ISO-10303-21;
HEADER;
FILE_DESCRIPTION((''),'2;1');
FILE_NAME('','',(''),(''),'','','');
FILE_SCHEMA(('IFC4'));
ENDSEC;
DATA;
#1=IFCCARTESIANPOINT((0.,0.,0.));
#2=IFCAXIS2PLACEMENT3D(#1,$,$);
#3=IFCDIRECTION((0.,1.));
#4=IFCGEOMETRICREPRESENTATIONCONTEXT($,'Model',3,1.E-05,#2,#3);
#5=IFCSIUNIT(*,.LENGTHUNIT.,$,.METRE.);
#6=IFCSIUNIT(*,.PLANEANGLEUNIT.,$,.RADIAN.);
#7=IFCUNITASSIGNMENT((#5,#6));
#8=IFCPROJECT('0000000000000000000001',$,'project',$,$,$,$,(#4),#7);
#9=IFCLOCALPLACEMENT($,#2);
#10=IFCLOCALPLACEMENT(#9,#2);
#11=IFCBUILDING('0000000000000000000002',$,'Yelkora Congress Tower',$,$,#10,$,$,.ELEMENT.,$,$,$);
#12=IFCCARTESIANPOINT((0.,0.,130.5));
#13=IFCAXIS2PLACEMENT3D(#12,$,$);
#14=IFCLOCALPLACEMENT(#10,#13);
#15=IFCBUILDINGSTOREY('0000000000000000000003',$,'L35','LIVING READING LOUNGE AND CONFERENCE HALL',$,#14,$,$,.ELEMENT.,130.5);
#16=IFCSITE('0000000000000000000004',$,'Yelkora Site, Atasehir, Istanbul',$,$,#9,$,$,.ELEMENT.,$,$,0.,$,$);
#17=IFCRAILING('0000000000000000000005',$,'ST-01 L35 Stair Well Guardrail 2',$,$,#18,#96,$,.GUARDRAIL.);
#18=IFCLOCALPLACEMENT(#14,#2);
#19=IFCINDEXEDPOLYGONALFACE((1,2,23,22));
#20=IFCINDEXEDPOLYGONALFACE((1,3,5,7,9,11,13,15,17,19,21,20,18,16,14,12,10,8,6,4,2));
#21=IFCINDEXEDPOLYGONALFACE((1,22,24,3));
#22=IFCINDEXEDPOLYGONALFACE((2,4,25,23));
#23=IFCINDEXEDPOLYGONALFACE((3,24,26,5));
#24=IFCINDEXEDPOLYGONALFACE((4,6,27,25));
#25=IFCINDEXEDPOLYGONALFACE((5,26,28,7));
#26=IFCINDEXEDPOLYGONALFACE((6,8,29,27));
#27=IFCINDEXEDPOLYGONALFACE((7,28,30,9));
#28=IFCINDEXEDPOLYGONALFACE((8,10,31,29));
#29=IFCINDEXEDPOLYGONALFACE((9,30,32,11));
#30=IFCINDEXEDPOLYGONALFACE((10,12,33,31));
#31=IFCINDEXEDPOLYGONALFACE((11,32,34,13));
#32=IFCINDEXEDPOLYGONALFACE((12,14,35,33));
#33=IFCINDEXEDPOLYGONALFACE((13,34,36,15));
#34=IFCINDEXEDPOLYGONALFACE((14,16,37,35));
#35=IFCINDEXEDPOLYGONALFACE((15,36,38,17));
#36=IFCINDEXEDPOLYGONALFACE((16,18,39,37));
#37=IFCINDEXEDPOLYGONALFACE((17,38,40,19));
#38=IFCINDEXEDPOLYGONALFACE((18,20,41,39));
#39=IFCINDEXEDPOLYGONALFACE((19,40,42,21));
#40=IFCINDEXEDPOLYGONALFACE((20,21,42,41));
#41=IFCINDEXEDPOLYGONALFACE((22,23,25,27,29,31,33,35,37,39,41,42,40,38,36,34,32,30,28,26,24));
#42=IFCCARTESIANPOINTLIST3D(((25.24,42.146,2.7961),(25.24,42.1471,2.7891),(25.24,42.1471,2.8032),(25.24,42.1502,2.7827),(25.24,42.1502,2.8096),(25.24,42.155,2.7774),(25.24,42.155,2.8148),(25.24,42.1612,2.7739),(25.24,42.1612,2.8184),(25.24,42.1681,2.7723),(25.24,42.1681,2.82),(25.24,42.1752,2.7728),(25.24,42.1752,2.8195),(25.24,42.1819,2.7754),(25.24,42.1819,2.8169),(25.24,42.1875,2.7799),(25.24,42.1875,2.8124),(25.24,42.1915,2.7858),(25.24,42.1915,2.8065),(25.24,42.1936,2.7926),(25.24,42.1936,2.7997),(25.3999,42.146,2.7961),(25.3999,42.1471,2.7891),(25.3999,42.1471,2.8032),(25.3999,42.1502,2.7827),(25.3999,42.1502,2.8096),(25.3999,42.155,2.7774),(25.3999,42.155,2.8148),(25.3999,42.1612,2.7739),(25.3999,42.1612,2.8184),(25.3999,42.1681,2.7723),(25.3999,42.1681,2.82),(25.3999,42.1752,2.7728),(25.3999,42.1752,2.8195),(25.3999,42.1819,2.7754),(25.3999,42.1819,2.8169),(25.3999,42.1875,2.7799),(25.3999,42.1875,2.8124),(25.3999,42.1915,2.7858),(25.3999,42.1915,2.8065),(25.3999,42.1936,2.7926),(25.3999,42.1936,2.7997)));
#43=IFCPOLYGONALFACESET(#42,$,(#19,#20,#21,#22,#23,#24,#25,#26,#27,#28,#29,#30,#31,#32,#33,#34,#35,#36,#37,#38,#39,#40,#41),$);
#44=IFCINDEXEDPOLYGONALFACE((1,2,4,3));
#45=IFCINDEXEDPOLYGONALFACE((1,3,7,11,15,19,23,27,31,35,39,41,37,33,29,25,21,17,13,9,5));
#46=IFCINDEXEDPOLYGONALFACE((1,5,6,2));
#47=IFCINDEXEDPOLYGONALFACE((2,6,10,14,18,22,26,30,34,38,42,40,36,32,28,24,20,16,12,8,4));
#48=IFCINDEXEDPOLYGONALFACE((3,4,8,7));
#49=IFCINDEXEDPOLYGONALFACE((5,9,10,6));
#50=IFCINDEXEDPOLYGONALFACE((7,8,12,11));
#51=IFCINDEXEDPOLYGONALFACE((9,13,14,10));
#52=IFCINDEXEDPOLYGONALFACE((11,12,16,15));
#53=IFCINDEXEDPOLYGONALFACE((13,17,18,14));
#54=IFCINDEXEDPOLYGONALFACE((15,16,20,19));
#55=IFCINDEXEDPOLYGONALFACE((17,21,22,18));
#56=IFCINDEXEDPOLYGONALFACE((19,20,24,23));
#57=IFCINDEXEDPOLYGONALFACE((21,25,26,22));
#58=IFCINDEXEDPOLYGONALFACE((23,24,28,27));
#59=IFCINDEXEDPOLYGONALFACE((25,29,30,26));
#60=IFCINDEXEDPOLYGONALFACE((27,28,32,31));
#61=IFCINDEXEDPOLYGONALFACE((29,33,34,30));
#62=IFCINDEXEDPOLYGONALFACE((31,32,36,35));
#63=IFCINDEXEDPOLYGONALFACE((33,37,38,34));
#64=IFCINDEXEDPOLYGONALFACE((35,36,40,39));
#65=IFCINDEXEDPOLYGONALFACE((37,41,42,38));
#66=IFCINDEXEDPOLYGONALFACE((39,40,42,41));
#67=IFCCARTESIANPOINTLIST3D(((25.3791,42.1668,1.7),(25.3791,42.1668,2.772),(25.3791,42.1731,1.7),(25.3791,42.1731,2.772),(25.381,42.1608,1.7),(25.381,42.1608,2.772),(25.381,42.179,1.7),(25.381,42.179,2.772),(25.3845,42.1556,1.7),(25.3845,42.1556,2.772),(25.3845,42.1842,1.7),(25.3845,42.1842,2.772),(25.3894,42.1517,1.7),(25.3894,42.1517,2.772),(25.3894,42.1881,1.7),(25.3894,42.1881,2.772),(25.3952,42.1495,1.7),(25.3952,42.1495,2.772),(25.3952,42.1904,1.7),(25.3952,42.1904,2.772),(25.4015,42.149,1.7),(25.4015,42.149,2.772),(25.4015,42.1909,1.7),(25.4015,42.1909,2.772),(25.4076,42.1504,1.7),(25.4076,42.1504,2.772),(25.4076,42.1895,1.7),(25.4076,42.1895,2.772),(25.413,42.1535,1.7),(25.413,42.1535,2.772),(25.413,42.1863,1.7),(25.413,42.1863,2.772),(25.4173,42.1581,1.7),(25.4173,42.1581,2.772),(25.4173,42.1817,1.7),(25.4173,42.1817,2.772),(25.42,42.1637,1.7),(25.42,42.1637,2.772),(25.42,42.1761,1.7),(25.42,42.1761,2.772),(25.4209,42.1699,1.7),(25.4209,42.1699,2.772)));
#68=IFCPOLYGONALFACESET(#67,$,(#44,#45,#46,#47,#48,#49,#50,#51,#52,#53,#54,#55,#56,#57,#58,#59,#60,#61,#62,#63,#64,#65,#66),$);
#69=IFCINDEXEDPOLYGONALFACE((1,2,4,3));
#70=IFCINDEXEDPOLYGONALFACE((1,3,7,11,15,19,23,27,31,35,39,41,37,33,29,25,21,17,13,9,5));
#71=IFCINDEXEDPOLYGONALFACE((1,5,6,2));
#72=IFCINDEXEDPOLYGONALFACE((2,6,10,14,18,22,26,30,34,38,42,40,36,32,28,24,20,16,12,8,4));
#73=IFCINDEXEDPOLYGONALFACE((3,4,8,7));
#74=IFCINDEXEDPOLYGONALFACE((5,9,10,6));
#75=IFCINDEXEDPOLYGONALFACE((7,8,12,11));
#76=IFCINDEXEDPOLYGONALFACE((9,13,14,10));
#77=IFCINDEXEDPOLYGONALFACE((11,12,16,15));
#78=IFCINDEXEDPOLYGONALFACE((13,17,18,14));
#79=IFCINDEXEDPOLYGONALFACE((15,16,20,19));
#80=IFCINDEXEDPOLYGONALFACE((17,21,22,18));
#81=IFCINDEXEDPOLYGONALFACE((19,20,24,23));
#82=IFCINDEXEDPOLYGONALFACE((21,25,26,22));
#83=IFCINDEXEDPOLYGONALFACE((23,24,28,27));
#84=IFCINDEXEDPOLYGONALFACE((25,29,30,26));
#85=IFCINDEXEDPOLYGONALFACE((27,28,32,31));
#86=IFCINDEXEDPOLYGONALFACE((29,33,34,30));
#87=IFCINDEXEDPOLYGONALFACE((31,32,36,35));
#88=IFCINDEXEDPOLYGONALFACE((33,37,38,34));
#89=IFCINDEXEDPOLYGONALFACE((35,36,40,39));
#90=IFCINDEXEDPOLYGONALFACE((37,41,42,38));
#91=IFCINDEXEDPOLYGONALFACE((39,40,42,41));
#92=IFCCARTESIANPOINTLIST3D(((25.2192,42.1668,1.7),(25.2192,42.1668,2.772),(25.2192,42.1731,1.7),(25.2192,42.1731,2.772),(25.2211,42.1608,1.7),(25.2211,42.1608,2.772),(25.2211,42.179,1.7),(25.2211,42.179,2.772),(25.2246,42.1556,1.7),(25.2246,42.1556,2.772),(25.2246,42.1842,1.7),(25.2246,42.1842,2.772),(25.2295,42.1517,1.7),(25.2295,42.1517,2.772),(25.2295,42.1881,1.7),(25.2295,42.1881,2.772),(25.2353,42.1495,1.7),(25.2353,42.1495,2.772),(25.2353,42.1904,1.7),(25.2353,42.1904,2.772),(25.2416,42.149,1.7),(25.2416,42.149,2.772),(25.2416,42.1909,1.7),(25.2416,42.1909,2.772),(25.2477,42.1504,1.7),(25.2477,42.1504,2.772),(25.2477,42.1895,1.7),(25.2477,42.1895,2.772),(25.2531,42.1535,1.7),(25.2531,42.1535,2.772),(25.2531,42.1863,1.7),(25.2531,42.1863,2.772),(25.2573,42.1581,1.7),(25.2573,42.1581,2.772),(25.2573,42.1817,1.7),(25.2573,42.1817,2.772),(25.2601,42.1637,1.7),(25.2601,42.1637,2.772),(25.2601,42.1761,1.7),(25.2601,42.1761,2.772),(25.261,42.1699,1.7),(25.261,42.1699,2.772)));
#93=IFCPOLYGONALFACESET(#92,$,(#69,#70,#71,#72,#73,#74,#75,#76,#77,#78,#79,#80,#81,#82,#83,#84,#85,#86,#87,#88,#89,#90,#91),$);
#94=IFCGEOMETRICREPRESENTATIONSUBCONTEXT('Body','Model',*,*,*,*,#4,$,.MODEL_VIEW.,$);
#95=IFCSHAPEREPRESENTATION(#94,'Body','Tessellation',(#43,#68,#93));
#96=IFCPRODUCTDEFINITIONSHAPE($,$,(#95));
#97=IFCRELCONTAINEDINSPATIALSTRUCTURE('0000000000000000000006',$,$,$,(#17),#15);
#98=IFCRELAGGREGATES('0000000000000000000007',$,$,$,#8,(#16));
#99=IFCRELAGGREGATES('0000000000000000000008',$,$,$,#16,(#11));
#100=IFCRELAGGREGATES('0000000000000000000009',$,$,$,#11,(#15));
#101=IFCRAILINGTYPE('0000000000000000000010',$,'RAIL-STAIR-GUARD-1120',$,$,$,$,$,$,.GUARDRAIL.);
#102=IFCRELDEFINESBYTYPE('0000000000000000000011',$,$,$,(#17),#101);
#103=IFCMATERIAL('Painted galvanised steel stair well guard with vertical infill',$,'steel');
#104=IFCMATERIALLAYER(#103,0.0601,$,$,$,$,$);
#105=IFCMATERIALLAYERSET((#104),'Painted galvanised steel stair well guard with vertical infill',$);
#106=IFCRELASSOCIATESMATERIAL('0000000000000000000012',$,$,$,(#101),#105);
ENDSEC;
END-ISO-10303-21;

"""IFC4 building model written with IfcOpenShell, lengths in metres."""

from ifc_helpers import new_model, si_unit, direction, frame, origin, origin_2d, place, context, subcontext, project, spatial, circle, extrude, material, layer, layer_set, type_object, element, save


model = new_model("IFC4")

# Units and contexts
model_context = context("Model", 3, precision=1e-05, world=origin(), true_north=direction((0.0, 1.0)))
body_context = subcontext(model_context, "Body", "Model", "MODEL_VIEW")
ifc_project = project(units=[si_unit("LENGTHUNIT", "METRE"), si_unit("PLANEANGLEUNIT", "RADIAN")], contexts=[model_context])

# Site, building, storey
site_placement = place(None, origin())
site = spatial("IfcSite", under=ifc_project, at=site_placement, Name="Yelkora Site, Atasehir, Istanbul", CompositionType="ELEMENT", RefElevation=0.0)
building_placement = place(site_placement, origin())
building = spatial("IfcBuilding", under=site, at=building_placement, Name="Yelkora Congress Tower", CompositionType="ELEMENT")
storey_placement = place(building_placement, frame((0.0, 0.0, 130.5)))
storey = spatial("IfcBuildingStorey", under=building, at=storey_placement, Name="L35", Description="LIVING READING LOUNGE AND CONFERENCE HALL", CompositionType="ELEMENT", Elevation=130.5)

# Railing
ifc_material_1 = material(Name="Painted galvanised steel stair well guard with vertical infill", Category="steel")
ifc_layer_1 = layer(ifc_material_1, 0.0601)
ifc_layer_set_1 = layer_set([ifc_layer_1], Name="Painted galvanised steel stair well guard with vertical infill")
railing_type_1 = type_object("IfcRailingType", Name="RAIL-STAIR-GUARD-1120", PredefinedType="GUARDRAIL", material=ifc_layer_set_1)
railing_1_placement = place(storey_placement, frame((25.3999, 42.1699, 1.7)))
element("IfcRailing", 1, at=railing_1_placement, inside=storey, type_object=railing_type_1, Name="ST-01 L35 Stair Well Guardrail 2", PredefinedType="GUARDRAIL", context=body_context, shape_type="SweptSolid", body=[
    extrude(circle(Radius=0.0239, at=origin_2d()), frame((0.0, 0.0, 1.0962), z_axis=(-1.0, 0.0, 0.0), x_axis=(0.0, -1.0, 0.0)), (0.0, 0.0, 1.0), 0.1599),
    extrude(circle(Radius=0.021, at=origin_2d()), origin(), (0.0, 0.0, 1.0), 1.072),
    extrude(circle(Radius=0.021, at=origin_2d()), frame((-0.1599, 0.0, 0.0)), (0.0, 0.0, 1.0), 1.072),
])

save(model, "model.ifc")
